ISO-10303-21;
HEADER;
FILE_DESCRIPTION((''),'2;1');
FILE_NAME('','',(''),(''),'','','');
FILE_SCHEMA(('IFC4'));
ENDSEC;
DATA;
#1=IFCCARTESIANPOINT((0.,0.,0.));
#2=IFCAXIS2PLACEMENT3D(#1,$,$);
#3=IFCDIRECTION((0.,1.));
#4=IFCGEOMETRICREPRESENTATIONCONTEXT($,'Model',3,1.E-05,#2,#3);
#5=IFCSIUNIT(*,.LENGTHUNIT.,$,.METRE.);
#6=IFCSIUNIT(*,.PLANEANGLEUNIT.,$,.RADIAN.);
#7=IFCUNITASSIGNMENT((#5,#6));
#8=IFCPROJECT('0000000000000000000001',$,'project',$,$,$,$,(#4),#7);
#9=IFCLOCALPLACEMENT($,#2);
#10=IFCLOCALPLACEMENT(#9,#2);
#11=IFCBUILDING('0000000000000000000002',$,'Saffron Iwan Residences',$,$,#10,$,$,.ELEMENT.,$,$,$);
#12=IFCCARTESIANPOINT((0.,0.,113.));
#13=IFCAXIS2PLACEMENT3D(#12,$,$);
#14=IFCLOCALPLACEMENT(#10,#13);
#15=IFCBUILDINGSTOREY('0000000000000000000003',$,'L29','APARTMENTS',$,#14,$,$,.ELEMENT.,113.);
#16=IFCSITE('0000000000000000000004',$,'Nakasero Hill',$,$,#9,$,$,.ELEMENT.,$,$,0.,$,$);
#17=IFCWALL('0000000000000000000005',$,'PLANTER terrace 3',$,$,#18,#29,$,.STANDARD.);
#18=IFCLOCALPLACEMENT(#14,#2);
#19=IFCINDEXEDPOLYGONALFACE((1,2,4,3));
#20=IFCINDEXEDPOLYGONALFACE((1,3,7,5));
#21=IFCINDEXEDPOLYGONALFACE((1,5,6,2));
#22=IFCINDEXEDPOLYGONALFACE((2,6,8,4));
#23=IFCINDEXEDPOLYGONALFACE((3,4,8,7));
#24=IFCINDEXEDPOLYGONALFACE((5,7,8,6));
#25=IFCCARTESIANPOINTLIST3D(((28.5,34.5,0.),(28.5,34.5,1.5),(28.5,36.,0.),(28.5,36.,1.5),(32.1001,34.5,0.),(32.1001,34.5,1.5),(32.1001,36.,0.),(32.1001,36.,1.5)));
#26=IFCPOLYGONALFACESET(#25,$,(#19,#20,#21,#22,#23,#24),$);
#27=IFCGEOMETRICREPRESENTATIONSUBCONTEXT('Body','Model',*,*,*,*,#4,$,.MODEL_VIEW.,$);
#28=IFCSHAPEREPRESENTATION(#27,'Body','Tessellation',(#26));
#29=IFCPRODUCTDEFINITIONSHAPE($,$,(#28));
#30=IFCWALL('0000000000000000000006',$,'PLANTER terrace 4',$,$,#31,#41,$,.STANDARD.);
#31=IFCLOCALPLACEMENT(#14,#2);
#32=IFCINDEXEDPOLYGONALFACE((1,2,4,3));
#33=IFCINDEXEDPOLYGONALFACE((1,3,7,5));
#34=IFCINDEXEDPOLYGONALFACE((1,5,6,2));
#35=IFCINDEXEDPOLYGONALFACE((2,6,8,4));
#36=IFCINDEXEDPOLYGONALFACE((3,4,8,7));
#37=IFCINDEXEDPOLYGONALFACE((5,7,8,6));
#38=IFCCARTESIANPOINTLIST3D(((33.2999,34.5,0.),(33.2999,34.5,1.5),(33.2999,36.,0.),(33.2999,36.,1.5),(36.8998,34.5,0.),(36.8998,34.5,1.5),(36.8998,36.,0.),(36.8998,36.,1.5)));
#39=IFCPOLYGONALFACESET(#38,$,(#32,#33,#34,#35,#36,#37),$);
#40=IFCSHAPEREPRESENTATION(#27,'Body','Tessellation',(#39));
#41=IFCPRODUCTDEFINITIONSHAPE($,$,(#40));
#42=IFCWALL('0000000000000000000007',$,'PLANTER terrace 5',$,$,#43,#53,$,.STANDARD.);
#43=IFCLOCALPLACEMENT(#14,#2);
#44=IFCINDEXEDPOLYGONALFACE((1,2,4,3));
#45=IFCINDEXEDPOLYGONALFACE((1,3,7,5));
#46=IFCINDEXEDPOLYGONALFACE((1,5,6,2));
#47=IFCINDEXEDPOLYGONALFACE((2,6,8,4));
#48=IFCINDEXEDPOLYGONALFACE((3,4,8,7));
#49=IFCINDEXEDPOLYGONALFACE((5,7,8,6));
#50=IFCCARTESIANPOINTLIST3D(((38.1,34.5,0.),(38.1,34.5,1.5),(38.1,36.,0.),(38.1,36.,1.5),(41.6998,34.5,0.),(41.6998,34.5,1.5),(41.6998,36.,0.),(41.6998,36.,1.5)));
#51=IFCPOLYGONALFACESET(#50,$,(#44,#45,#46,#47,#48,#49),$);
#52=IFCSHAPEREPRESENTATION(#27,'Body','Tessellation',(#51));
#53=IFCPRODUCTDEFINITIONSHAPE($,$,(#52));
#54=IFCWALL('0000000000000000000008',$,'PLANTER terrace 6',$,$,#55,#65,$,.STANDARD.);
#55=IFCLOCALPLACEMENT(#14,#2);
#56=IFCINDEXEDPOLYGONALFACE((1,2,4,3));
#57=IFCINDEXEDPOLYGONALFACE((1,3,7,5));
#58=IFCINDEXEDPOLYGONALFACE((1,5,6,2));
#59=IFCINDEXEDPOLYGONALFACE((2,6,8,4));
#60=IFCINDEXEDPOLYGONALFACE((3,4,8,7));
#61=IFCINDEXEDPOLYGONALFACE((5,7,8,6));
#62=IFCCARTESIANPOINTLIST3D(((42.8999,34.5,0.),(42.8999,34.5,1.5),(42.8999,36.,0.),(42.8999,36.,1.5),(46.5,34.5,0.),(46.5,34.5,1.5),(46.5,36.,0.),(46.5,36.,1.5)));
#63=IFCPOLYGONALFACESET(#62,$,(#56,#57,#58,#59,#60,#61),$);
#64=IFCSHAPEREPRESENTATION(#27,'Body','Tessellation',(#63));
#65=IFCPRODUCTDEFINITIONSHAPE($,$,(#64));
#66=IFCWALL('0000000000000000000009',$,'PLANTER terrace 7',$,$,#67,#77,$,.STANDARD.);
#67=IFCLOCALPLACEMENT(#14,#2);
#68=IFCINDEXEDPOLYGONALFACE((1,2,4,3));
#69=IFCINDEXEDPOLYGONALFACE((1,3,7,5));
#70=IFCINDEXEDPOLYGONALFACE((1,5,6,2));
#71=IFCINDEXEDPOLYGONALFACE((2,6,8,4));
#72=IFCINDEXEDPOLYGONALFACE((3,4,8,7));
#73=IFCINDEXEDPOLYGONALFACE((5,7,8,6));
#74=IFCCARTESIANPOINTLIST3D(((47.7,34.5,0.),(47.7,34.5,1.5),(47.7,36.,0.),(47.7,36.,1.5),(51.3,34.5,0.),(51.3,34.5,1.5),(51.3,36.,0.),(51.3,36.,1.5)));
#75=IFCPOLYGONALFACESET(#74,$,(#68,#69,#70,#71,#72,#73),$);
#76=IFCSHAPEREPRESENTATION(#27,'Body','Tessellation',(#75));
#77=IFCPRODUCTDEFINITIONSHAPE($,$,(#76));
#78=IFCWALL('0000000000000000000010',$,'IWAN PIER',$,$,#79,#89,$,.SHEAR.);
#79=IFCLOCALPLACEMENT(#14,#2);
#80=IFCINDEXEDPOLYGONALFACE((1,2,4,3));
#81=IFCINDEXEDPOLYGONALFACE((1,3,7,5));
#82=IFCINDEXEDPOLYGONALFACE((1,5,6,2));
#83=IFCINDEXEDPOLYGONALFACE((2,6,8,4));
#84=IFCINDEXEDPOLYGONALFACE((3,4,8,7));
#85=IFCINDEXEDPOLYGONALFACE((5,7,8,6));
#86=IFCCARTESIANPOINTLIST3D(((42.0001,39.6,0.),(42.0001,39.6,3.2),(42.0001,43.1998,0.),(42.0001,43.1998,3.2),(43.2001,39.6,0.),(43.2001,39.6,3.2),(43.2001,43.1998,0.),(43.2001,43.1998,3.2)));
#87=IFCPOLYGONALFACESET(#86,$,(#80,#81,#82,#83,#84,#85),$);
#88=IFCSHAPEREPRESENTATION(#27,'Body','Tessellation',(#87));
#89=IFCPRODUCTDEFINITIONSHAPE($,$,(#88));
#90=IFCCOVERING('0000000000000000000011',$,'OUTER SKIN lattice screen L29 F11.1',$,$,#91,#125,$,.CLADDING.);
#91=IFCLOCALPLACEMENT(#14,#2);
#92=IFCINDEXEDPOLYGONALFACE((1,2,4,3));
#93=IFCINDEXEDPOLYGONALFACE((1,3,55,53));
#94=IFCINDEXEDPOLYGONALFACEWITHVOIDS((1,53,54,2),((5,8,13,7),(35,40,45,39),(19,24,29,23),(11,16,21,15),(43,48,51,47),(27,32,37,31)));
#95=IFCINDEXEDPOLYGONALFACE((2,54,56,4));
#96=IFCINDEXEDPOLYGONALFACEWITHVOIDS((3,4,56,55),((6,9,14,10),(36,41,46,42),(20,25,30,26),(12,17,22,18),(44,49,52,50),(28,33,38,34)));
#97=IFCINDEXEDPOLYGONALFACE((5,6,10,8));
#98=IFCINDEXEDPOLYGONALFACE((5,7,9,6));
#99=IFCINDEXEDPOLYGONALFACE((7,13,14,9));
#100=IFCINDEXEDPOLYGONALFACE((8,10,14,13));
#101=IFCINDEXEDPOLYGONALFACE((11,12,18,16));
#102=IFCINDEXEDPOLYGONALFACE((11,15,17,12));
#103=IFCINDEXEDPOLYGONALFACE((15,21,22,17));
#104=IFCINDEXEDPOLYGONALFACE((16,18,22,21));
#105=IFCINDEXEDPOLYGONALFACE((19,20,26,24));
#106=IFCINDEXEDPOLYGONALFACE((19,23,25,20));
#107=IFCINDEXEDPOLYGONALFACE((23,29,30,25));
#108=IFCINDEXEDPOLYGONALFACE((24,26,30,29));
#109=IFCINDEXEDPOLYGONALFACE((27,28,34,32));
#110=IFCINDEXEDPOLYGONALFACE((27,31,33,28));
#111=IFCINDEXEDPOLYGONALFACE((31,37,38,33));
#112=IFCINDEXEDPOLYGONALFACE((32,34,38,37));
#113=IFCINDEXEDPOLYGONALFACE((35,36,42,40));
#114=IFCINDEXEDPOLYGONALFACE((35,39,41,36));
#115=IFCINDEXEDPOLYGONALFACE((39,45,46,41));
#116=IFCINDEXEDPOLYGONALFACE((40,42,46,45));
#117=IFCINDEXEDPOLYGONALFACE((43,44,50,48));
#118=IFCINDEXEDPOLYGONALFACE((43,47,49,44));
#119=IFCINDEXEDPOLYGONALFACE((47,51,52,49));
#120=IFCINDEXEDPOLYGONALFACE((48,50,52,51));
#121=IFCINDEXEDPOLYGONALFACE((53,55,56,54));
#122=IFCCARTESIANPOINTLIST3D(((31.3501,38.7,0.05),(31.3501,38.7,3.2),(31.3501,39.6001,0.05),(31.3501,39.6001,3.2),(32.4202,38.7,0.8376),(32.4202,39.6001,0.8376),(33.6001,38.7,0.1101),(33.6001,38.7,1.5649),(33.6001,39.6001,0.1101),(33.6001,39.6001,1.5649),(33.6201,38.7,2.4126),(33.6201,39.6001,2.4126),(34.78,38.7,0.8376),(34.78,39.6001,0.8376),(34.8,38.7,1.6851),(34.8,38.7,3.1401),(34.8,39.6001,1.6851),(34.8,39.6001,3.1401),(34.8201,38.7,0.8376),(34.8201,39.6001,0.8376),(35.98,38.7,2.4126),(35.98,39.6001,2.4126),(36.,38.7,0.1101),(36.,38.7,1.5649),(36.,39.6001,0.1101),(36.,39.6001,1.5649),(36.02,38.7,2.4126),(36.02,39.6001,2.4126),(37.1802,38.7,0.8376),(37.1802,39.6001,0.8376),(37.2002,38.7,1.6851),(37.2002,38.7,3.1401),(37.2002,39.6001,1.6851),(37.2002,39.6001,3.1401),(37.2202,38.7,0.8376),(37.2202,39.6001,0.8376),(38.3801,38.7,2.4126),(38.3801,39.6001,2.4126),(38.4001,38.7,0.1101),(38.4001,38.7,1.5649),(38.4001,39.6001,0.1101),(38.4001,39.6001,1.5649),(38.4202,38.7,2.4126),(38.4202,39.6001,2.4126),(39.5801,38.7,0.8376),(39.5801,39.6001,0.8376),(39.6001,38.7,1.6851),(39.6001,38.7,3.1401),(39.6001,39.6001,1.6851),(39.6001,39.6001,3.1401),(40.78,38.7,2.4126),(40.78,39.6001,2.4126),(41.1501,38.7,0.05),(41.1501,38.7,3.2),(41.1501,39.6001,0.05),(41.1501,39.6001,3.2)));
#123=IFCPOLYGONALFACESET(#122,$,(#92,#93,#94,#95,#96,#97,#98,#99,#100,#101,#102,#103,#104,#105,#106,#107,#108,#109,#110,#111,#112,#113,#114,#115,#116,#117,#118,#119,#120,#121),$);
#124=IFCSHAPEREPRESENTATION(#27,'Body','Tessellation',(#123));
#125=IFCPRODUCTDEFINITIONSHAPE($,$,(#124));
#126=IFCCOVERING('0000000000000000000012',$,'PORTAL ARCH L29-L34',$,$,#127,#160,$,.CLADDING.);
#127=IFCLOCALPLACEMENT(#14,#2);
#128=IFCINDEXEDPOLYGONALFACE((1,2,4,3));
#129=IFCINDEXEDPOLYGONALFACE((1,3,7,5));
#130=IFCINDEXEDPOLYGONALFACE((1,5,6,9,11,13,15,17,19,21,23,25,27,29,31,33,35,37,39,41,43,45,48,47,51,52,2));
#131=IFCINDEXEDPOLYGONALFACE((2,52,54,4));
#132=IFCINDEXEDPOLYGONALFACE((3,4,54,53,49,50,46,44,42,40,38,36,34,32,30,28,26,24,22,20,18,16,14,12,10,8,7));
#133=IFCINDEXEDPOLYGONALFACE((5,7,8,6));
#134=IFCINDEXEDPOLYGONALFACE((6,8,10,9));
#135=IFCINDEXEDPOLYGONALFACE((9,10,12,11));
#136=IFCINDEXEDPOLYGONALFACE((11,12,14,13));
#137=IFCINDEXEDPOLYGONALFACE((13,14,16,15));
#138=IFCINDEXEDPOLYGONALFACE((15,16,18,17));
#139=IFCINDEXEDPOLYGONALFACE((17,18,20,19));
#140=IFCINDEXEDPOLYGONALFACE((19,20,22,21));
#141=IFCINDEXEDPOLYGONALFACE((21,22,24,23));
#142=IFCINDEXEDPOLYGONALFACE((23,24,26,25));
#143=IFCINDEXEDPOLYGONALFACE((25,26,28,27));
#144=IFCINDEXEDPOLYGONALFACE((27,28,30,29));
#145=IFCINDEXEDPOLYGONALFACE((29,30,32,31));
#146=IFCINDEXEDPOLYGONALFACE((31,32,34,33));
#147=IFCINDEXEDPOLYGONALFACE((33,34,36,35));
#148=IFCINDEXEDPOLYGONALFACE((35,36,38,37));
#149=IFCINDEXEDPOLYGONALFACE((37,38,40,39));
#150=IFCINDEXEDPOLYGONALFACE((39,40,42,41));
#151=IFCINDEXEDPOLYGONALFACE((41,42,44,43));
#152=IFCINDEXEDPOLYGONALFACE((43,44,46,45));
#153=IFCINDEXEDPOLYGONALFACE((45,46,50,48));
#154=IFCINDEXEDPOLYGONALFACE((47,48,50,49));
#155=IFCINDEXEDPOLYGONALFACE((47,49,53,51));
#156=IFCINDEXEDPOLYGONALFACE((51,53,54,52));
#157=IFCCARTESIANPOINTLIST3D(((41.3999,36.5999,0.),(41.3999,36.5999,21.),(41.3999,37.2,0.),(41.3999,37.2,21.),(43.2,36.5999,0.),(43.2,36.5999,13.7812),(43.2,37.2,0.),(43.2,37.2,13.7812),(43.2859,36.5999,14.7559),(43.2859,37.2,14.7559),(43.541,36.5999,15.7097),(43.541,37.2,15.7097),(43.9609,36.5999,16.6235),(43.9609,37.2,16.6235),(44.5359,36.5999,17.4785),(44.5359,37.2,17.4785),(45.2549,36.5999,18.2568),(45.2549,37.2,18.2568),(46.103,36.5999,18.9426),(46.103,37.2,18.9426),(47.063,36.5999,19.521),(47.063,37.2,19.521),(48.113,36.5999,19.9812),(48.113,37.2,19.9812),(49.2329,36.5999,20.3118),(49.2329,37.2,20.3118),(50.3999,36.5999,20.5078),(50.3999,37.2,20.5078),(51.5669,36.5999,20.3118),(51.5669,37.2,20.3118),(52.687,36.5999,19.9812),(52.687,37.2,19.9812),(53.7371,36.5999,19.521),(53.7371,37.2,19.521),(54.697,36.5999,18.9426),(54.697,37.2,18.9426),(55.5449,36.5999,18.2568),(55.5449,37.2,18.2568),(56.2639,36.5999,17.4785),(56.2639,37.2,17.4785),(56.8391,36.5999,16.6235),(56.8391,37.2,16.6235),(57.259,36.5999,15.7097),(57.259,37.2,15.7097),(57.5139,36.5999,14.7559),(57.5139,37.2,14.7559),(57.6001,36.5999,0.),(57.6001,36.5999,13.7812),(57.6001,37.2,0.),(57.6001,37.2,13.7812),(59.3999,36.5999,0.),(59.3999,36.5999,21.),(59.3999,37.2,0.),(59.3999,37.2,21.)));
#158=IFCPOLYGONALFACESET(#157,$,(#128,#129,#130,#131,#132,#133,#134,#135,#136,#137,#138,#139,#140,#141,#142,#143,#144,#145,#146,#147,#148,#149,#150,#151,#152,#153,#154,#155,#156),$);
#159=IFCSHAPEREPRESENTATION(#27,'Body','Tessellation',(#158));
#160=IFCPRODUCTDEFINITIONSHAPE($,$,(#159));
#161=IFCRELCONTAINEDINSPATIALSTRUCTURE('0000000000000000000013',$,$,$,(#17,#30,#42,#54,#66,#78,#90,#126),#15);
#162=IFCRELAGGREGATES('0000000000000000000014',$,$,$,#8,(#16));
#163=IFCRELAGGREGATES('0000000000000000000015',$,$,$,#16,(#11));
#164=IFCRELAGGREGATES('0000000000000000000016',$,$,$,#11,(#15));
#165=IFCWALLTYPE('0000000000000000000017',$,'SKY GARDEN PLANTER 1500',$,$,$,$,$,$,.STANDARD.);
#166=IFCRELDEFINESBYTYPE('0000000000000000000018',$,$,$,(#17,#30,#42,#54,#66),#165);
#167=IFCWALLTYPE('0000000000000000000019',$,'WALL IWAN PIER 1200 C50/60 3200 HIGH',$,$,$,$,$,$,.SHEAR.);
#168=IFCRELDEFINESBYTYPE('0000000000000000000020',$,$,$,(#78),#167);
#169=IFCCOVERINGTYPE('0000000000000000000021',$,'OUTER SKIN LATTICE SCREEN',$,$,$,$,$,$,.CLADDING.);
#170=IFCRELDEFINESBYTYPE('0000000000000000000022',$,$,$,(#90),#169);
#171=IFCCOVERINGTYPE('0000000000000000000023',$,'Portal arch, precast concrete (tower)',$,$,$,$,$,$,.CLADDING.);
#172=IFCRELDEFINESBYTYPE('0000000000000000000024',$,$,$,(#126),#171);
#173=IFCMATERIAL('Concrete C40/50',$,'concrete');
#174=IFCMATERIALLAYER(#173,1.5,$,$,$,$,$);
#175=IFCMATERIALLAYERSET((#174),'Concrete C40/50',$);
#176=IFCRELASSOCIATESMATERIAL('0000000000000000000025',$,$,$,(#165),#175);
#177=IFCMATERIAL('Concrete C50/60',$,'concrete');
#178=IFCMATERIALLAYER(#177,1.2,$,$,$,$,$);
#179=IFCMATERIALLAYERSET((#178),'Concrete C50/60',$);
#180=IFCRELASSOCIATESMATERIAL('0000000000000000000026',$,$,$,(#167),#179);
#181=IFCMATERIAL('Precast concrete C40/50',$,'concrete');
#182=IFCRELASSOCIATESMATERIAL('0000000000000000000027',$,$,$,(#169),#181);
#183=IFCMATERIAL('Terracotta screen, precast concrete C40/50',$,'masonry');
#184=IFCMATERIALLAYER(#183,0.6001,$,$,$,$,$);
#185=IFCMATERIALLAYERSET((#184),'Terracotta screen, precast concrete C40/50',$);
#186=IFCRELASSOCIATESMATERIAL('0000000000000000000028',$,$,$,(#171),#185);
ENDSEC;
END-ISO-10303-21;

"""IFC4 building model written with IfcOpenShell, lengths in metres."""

from ifc_helpers import new_model, si_unit, direction, frame, frame_2d, origin, place, context, subcontext, project, spatial, polyline, rectangle, outline, extrude, material, layer, layer_set, type_object, element, save


model = new_model("IFC4")

# Units and contexts
model_context = context("Model", 3, precision=1e-05, world=origin(), true_north=direction((0.0, 1.0)))
body_context = subcontext(model_context, "Body", "Model", "MODEL_VIEW")
ifc_project = project(units=[si_unit("LENGTHUNIT", "METRE"), si_unit("PLANEANGLEUNIT", "RADIAN")], contexts=[model_context])

# Site, building, storey
site_placement = place(None, origin())
site = spatial("IfcSite", under=ifc_project, at=site_placement, Name="Nakasero Hill", CompositionType="ELEMENT", RefElevation=0.0)
building_placement = place(site_placement, origin())
building = spatial("IfcBuilding", under=site, at=building_placement, Name="Saffron Iwan Residences", CompositionType="ELEMENT")
storey_placement = place(building_placement, frame((0.0, 0.0, 113.0)))
storey = spatial("IfcBuildingStorey", under=building, at=storey_placement, Name="L29", Description="APARTMENTS", CompositionType="ELEMENT", Elevation=113.0)

# Walls
ifc_material_1 = material(Name="Terracotta screen, precast concrete C40/50", Category="masonry")
ifc_material_2 = material(Name="Concrete C40/50", Category="concrete")
ifc_layer_1 = layer(ifc_material_2, 1.5)
ifc_layer_set_1 = layer_set([ifc_layer_1], Name="Concrete C40/50")
wall_type_1 = type_object("IfcWallType", Name="SKY GARDEN PLANTER 1500", PredefinedType="STANDARD", material=ifc_layer_set_1)
wall_1_placement = place(storey_placement, frame((28.5, 35.25, 0.0), z_axis=(0.0, 0.0, 1.0), x_axis=(1.0, 0.0, 0.0)))
element("IfcWall", 1, at=wall_1_placement, inside=storey, type_object=wall_type_1, Name="PLANTER terrace 3", PredefinedType="STANDARD", context=body_context, shape_type="SweptSolid", body=[
    extrude(rectangle(XDim=3.6001, YDim=1.5, at=frame_2d((1.8, 0.0))), origin(), (0.0, 0.0, 1.0), 1.5),
])
for number, where, z_axis, x_axis, name in (
    (2, (33.3, 35.25, 0.0), (0.0, 0.0, 1.0), (1.0, 0.0, 0.0), "PLANTER terrace 4"),
    (3, (38.1001, 35.25, 0.0), (0.0, 0.0, 1.0), (1.0, 0.0, 0.0), "PLANTER terrace 5"),
):
    element("IfcWall", number, at=place(storey_placement, frame(where, z_axis=z_axis, x_axis=x_axis)), inside=storey, type_object=wall_type_1, Name=name, PredefinedType="STANDARD", context=body_context, shape_type="SweptSolid", body=[
        extrude(rectangle(XDim=3.5999, YDim=1.5, at=frame_2d((1.7998, 0.0))), origin(), (0.0, 0.0, 1.0), 1.5),
    ])
for number, where, z_axis, x_axis, name in (
    (4, (42.8999, 35.25, 0.0), (0.0, 0.0, 1.0), (1.0, 0.0, 0.0), "PLANTER terrace 6"),
    (5, (47.7, 35.25, 0.0), (0.0, 0.0, 1.0), (1.0, 0.0, 0.0), "PLANTER terrace 7"),
):
    element("IfcWall", number, at=place(storey_placement, frame(where, z_axis=z_axis, x_axis=x_axis)), inside=storey, type_object=wall_type_1, Name=name, PredefinedType="STANDARD", context=body_context, shape_type="SweptSolid", body=[
        extrude(rectangle(XDim=3.6001, YDim=1.5, at=frame_2d((1.8, 0.0))), origin(), (0.0, 0.0, 1.0), 1.5),
    ])
ifc_material_3 = material(Name="Concrete C50/60", Category="concrete")
ifc_layer_2 = layer(ifc_material_3, 1.2)
ifc_layer_set_2 = layer_set([ifc_layer_2], Name="Concrete C50/60")
wall_type_2 = type_object("IfcWallType", Name="WALL IWAN PIER 1200 C50/60 3200 HIGH", PredefinedType="SHEAR", material=ifc_layer_set_2)
wall_2_placement = place(storey_placement, frame((42.6001, 39.6001, 0.0), z_axis=(0.0, 0.0, 1.0), x_axis=(0.0, 1.0, 0.0)))
element("IfcWall", 6, at=wall_2_placement, inside=storey, type_object=wall_type_2, Name="IWAN PIER", PredefinedType="SHEAR", context=body_context, shape_type="SweptSolid", body=[
    extrude(rectangle(XDim=3.5999, YDim=1.2, at=frame_2d((1.7998, 0.0))), origin(), (0.0, 0.0, 1.0), 3.2),
])

# Coverings
ifc_material_4 = material(Name="Precast concrete C40/50", Category="concrete")
covering_type_1 = type_object("IfcCoveringType", Name="OUTER SKIN LATTICE SCREEN", PredefinedType="CLADDING", material=ifc_material_4)
covering_1_placement = place(storey_placement, frame((31.3501, 39.6001, 0.05), z_axis=(0.0, -1.0, 0.0), x_axis=(1.0, 0.0, 0.0)))
element("IfcCovering", 7, at=covering_1_placement, inside=storey, type_object=covering_type_1, Name="OUTER SKIN lattice screen L29 F11.1", PredefinedType="CLADDING", context=body_context, shape_type="SweptSolid", body=[
    extrude(outline(polyline([(0.0, 0.0), (9.8, 0.0), (9.8, 3.1499), (0.0, 3.1499), (0.0, 0.0)]), holes=[polyline([(1.0701, 0.7876), (2.25, 0.0601), (3.4299, 0.7876), (2.25, 1.5149), (1.0701, 0.7876)]), polyline([(3.47, 0.7876), (4.6499, 0.0601), (5.8301, 0.7876), (4.6499, 1.5149), (3.47, 0.7876)]), polyline([(5.8701, 0.7876), (7.05, 0.0601), (8.23, 0.7876), (7.05, 1.5149), (5.8701, 0.7876)]), polyline([(2.27, 2.3625), (3.45, 1.635), (4.6299, 2.3625), (3.45, 3.0901), (2.27, 2.3625)]), polyline([(4.6699, 2.3625), (5.8501, 1.635), (7.03, 2.3625), (5.8501, 3.0901), (4.6699, 2.3625)]), polyline([(7.0701, 2.3625), (8.25, 1.635), (9.4299, 2.3625), (8.25, 3.0901), (7.0701, 2.3625)])]), origin(), (0.0, 0.0, 1.0), 0.9001),
])
ifc_layer_3 = layer(ifc_material_1, 0.6001)
ifc_layer_set_3 = layer_set([ifc_layer_3], Name="Terracotta screen, precast concrete C40/50")
covering_type_2 = type_object("IfcCoveringType", Name="Portal arch, precast concrete (tower)", PredefinedType="CLADDING", material=ifc_layer_set_3)
covering_2_placement = place(storey_placement, frame((41.3999, 37.2, 0.0), z_axis=(0.0, 1.0, 0.0), x_axis=(0.0, 0.0, 1.0)))
element("IfcCovering", 8, at=covering_2_placement, inside=storey, type_object=covering_type_2, Name="PORTAL ARCH L29-L34", PredefinedType="CLADDING", context=body_context, shape_type="SweptSolid", body=[
    extrude(outline(polyline([(0.0, 0.0), (21.0, 0.0), (21.0, 18.0), (0.0, 18.0), (0.0, 16.2002), (13.7812, 16.2002), (14.7559, 16.114), (15.7097, 15.8591), (16.6235, 15.4392), (17.4785, 14.864), (18.2568, 14.145), (18.9426, 13.2971), (19.521, 12.3372), (19.9812, 11.2871), (20.3118, 10.167), (20.5078, 9.0), (20.3118, 7.833), (19.9812, 6.7131), (19.521, 5.6631), (18.9426, 4.7031), (18.2568, 3.855), (17.4785, 3.136), (16.6235, 2.561), (15.7097, 2.1411), (14.7559, 1.886), (13.7812, 1.8), (0.0, 1.8), (0.0, 0.0)])), origin(), (0.0, 0.0, -1.0), 0.6001),
])

save(model, "model.ifc")
